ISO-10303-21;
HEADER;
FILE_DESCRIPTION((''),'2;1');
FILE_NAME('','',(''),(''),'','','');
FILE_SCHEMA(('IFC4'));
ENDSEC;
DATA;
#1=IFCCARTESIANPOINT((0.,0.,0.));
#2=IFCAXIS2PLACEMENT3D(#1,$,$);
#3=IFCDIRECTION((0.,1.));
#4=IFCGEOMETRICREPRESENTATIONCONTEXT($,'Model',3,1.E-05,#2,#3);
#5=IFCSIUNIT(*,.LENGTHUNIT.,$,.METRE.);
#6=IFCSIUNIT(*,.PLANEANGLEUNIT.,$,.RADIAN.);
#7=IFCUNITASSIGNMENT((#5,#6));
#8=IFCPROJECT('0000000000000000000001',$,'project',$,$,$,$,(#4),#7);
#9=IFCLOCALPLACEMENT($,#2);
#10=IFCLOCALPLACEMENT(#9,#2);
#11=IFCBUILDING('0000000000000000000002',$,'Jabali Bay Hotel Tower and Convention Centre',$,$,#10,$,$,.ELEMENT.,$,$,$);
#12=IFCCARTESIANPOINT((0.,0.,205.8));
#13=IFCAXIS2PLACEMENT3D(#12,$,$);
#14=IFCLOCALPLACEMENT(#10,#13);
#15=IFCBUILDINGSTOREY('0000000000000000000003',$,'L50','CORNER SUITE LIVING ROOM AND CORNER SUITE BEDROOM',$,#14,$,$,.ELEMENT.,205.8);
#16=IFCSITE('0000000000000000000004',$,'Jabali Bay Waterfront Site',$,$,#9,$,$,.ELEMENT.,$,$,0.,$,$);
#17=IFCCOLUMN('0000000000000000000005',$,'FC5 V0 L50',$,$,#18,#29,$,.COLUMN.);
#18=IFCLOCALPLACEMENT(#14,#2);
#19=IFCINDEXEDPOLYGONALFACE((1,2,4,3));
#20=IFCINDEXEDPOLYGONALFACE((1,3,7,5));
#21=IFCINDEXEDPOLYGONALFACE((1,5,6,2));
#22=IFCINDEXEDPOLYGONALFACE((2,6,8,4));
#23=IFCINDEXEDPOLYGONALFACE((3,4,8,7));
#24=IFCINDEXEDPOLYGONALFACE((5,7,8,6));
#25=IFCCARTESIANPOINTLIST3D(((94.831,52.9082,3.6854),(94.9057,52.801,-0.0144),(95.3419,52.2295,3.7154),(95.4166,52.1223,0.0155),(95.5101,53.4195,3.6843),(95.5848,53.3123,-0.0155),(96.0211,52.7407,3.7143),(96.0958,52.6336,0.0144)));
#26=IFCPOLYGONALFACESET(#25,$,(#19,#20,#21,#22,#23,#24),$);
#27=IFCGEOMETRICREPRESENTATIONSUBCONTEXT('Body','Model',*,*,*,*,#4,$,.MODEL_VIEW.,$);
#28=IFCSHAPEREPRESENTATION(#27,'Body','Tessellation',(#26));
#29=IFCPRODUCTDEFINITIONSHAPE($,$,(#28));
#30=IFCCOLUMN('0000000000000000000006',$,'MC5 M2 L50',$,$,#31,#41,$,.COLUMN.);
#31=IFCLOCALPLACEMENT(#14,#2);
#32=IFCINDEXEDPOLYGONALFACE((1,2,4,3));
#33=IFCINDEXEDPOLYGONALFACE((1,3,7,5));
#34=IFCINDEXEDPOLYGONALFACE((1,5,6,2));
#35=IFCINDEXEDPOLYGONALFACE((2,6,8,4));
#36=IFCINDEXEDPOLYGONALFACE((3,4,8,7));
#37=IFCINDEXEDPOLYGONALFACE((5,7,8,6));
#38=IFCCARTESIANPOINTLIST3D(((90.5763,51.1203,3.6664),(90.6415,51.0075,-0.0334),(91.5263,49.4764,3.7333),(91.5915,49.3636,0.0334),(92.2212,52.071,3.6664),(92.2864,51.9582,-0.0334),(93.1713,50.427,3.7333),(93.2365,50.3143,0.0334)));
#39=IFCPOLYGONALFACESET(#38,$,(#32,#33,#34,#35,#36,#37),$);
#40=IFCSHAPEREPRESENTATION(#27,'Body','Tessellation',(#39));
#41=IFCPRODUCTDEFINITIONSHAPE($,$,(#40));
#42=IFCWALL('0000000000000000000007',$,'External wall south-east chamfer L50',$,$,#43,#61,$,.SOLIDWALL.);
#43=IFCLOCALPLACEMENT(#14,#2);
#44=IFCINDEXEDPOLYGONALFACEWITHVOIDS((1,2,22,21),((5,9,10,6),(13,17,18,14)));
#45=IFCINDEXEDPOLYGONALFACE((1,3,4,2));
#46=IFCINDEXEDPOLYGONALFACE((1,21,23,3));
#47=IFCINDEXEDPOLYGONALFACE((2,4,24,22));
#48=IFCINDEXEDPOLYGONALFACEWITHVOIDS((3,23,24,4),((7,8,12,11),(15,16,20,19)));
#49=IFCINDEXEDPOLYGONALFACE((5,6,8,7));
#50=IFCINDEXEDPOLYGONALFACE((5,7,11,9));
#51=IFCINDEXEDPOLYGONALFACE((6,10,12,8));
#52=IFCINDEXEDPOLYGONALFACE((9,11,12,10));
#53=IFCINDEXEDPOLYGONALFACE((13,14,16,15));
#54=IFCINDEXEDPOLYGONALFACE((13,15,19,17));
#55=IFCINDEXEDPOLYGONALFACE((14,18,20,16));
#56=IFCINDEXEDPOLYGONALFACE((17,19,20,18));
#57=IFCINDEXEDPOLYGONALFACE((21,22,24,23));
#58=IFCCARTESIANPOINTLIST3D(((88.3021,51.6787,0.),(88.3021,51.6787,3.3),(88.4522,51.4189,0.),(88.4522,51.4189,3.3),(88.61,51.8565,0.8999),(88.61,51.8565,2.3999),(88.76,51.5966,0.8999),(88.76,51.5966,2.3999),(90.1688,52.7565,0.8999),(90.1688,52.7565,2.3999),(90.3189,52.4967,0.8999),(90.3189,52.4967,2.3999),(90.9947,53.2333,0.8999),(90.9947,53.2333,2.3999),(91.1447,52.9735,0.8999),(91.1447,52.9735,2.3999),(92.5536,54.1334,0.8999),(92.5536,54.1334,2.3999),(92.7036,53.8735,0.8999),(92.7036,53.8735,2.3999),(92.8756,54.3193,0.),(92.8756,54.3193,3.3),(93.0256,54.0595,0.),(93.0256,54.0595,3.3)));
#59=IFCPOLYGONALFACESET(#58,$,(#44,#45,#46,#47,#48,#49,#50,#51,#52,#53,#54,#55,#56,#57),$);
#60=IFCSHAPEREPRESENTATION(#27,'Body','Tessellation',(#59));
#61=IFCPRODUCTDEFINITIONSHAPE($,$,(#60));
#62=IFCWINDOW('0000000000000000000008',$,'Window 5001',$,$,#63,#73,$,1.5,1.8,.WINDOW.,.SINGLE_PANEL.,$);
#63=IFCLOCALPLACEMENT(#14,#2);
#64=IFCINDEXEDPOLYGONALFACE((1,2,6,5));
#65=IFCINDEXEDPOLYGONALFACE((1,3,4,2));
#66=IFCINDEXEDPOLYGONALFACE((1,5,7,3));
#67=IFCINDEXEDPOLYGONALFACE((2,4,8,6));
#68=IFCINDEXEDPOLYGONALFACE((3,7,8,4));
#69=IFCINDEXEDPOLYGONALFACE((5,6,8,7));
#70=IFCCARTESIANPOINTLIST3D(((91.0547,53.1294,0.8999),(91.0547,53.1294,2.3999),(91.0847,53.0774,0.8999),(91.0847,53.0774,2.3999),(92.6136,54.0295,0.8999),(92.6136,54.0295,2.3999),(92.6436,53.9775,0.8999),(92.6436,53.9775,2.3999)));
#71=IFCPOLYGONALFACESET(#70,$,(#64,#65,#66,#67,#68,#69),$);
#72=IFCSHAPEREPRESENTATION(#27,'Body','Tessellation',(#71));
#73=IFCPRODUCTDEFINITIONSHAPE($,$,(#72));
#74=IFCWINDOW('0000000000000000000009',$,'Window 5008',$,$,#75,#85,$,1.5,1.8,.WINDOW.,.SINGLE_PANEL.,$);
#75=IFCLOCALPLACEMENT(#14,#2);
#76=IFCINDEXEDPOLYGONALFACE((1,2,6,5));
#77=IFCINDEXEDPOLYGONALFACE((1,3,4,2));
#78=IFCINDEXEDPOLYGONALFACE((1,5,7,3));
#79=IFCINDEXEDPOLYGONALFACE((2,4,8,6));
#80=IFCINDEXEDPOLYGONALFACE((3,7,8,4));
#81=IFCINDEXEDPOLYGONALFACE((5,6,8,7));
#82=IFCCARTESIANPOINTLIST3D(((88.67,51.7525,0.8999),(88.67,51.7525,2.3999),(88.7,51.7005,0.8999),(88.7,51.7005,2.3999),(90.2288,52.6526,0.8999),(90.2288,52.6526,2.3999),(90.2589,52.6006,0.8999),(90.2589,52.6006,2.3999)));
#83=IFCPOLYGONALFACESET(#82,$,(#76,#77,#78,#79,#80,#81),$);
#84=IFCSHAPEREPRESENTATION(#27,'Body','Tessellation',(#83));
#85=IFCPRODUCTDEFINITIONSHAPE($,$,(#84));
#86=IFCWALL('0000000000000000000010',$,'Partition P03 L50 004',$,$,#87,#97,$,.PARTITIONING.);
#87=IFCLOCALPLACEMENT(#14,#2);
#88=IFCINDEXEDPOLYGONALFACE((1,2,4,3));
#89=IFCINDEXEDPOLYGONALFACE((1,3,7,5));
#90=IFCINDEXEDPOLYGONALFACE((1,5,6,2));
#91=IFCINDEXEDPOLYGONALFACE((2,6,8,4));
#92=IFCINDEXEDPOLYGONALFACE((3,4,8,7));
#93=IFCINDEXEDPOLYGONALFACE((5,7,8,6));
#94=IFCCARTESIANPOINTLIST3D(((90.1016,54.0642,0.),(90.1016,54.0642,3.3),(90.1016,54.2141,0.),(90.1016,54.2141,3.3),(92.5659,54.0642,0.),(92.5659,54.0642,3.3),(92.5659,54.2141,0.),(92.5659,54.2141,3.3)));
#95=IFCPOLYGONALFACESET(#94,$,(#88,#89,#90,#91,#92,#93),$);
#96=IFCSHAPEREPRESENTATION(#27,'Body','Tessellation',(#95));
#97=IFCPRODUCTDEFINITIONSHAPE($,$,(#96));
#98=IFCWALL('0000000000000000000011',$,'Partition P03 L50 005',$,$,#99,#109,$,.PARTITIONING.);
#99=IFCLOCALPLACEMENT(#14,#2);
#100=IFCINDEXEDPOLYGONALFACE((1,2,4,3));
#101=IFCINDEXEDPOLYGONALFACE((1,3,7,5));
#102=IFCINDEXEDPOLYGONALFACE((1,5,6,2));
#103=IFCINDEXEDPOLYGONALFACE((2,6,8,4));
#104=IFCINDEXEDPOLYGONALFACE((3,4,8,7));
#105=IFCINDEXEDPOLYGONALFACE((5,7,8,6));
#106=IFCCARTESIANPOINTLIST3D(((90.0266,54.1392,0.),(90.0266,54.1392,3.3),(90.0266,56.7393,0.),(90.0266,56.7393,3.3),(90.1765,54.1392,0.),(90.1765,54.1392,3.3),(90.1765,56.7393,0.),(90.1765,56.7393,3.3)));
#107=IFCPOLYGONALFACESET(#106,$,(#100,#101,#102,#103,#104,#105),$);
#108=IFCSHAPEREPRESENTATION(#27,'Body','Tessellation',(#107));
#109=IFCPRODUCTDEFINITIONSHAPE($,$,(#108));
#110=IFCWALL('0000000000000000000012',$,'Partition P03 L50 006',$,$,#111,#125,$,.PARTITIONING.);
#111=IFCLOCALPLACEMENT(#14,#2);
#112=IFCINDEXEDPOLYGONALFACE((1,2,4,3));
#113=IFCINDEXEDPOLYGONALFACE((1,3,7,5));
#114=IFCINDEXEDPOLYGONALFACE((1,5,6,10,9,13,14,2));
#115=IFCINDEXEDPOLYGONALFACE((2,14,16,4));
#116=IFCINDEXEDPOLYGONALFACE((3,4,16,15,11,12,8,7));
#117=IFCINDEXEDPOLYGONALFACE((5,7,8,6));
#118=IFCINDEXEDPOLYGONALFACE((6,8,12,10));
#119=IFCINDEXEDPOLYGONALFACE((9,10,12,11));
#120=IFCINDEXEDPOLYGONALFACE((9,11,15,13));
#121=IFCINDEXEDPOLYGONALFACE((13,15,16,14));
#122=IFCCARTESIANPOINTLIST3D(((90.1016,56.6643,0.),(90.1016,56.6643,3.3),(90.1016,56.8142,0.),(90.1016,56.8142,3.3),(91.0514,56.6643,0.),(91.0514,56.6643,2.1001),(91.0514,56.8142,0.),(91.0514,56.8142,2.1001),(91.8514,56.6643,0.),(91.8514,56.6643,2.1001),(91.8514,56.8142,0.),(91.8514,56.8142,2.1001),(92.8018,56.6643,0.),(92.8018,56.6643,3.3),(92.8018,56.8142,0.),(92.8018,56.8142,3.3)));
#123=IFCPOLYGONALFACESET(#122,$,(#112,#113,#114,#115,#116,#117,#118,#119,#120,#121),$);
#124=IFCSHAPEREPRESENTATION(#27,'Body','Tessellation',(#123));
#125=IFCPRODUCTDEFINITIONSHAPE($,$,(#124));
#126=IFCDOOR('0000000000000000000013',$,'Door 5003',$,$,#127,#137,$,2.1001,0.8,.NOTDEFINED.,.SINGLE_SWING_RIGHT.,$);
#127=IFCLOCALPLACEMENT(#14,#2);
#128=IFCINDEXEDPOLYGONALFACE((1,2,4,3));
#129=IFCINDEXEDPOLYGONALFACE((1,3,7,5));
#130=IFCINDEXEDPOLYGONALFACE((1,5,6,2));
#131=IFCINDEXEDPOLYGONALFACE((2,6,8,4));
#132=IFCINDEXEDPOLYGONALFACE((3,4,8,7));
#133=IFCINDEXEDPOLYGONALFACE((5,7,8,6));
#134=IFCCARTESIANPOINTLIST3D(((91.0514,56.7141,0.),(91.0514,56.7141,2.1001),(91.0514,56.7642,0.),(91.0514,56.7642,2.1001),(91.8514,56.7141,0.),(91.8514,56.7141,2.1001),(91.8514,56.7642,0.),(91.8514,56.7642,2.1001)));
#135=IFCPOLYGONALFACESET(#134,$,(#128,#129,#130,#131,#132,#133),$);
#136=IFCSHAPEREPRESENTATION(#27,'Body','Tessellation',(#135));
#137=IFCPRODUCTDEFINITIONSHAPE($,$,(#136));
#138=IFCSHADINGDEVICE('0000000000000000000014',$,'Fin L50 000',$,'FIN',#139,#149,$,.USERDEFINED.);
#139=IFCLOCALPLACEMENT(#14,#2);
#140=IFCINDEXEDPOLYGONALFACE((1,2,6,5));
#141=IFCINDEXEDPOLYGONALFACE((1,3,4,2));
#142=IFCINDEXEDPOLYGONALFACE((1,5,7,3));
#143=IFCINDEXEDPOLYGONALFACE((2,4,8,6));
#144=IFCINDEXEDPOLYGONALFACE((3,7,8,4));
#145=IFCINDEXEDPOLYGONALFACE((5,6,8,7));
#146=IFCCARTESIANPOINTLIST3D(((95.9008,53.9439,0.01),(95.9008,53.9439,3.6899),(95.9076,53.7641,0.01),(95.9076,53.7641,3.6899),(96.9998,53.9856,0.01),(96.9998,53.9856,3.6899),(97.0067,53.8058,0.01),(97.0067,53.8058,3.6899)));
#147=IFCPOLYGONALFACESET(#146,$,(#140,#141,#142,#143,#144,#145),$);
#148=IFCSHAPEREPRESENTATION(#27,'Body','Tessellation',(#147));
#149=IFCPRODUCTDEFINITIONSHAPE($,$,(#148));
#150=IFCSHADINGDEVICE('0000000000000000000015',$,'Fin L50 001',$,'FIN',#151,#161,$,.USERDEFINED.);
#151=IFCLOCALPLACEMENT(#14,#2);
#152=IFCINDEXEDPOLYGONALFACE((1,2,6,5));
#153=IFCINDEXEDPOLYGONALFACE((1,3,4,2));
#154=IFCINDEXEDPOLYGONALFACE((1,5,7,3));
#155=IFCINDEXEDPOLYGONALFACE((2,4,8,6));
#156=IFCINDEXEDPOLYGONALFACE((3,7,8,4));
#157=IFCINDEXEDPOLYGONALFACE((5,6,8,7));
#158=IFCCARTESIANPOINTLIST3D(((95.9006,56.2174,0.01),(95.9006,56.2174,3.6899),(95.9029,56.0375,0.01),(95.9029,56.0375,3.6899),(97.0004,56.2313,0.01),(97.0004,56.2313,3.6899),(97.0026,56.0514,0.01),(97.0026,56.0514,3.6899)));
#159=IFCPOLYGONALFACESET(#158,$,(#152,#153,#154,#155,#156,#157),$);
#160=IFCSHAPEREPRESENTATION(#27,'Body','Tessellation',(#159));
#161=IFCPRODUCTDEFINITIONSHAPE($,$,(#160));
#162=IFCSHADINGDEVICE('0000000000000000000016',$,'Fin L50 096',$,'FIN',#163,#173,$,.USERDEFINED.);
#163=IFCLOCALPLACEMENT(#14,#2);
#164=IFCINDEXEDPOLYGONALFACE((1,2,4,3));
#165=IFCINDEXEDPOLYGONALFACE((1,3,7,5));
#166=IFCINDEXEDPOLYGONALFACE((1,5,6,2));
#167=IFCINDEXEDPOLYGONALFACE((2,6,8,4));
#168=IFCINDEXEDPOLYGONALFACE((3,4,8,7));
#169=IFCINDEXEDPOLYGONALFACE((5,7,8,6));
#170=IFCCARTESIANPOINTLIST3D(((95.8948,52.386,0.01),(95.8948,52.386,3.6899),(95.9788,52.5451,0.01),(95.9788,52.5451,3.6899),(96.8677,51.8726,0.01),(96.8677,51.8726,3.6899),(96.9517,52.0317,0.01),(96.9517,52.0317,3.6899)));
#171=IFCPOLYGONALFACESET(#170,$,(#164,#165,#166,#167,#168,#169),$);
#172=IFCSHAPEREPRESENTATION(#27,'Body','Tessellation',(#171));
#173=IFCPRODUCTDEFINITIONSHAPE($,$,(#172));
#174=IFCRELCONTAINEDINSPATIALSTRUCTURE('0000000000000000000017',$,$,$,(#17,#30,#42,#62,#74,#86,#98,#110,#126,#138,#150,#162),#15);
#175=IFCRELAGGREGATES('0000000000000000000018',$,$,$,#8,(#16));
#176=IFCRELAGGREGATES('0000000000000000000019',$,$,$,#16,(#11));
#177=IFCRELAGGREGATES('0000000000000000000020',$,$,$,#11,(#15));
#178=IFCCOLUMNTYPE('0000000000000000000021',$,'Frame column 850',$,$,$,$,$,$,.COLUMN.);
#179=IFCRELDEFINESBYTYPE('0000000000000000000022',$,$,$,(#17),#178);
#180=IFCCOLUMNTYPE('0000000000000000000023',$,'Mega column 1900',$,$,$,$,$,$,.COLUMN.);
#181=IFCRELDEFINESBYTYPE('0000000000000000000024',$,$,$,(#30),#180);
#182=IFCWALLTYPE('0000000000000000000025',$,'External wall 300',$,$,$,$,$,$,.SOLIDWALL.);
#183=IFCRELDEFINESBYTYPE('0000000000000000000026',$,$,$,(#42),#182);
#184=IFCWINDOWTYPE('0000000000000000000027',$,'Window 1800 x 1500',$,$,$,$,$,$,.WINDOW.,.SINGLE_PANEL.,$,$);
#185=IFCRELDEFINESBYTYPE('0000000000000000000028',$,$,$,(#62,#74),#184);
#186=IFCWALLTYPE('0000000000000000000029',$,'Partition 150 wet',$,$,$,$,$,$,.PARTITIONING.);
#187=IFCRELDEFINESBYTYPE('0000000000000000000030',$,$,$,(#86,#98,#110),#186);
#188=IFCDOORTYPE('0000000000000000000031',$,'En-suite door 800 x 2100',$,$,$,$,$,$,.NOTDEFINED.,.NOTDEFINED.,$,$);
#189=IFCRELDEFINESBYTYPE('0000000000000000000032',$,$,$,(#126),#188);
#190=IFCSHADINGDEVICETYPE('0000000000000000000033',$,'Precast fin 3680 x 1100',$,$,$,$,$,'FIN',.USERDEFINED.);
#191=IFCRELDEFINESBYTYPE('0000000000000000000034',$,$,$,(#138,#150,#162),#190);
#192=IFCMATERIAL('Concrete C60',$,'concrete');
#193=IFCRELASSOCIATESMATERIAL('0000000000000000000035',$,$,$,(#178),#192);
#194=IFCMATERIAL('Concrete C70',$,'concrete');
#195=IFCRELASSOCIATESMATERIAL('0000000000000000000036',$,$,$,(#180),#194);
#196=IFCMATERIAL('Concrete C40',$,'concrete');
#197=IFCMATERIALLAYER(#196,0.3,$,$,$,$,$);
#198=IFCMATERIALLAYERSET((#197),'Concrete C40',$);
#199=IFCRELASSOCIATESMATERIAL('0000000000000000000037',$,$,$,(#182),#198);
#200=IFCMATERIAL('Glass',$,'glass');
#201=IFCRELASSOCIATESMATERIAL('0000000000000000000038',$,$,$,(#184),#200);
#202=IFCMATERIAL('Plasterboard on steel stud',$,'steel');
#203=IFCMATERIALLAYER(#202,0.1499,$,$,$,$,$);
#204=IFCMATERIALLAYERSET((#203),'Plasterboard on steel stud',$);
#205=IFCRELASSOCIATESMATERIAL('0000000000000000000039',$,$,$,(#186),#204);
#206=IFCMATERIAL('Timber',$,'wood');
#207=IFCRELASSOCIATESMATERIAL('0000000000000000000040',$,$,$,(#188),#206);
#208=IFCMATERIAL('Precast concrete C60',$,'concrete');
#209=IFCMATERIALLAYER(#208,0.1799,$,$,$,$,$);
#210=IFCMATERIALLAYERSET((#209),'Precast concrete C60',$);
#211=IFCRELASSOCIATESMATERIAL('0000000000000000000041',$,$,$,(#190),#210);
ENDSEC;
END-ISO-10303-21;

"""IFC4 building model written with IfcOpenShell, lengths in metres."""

from ifc_helpers import new_model, si_unit, direction, frame, frame_2d, origin, origin_2d, place, context, subcontext, project, spatial, rectangle, extrude, material, layer, layer_set, material_profile, profile_set, type_object, element, fill, save


model = new_model("IFC4")

# Units and contexts
model_context = context("Model", 3, precision=1e-05, world=origin(), true_north=direction((0.0, 1.0)))
body_context = subcontext(model_context, "Body", "Model", "MODEL_VIEW")
ifc_project = project(units=[si_unit("LENGTHUNIT", "METRE"), si_unit("PLANEANGLEUNIT", "RADIAN")], contexts=[model_context])

# Site, building, storey
site_placement = place(None, origin())
site = spatial("IfcSite", under=ifc_project, at=site_placement, Name="Jabali Bay Waterfront Site", CompositionType="ELEMENT", RefElevation=0.0)
building_placement = place(site_placement, origin())
building = spatial("IfcBuilding", under=site, at=building_placement, Name="Jabali Bay Hotel Tower and Convention Centre", CompositionType="ELEMENT")
storey_placement = place(building_placement, frame((0.0, 0.0, 205.8)))
storey = spatial("IfcBuildingStorey", under=building, at=storey_placement, Name="L50", Description="CORNER SUITE LIVING ROOM AND CORNER SUITE BEDROOM", CompositionType="ELEMENT", Elevation=205.8)

# Columns
ifc_material_1 = material(Name="Concrete C60", Category="concrete")
ifc_material_profile_1 = material_profile(ifc_material_1, rectangle(XDim=0.8501, YDim=0.8501, at=origin_2d()), Name="Frame column 850")
ifc_profile_set_1 = profile_set([ifc_material_profile_1], Name="Concrete C60")
column_type_1 = type_object("IfcColumnType", Name="Frame column 850", PredefinedType="COLUMN", material=ifc_profile_set_1)
column_1_placement = place(storey_placement, frame((95.5007, 52.7173, 0.0), z_axis=(-0.020179, 0.028949, 0.999377), x_axis=(-0.798923, -0.601432, 0.001291)))
element("IfcColumn", 1, at=column_1_placement, inside=storey, type_object=column_type_1, Name="FC5 V0 L50", PredefinedType="COLUMN", context=body_context, shape_type="SweptSolid", body=[
    extrude(rectangle(XDim=0.8501, YDim=0.8501, at=origin_2d()), origin(), (0.0, 0.0, 1.0), 3.7021),
])
ifc_material_2 = material(Name="Concrete C70", Category="concrete")
ifc_material_profile_2 = material_profile(ifc_material_2, rectangle(XDim=1.8999, YDim=1.8999, at=origin_2d()), Name="Mega column 1900")
ifc_profile_set_2 = profile_set([ifc_material_profile_2], Name="Concrete C70")
column_type_2 = type_object("IfcColumnType", Name="Mega column 1900", PredefinedType="COLUMN", material=ifc_profile_set_2)
column_2_placement = place(storey_placement, frame((91.939, 50.6609, 0.0), z_axis=(-0.017607, 0.030466, 0.999381), x_axis=(-0.865809, -0.500375, 0.0)))
element("IfcColumn", 2, at=column_2_placement, inside=storey, type_object=column_type_2, Name="MC5 M2 L50", PredefinedType="COLUMN", context=body_context, shape_type="SweptSolid", body=[
    extrude(rectangle(XDim=1.8999, YDim=1.8999, at=origin_2d()), origin(), (0.0, 0.0, 1.0), 3.7021),
])

# Wall, openings, windows
ifc_material_3 = material(Name="Concrete C40", Category="concrete")
ifc_layer_1 = layer(ifc_material_3, 0.3)
ifc_layer_set_1 = layer_set([ifc_layer_1], Name="Concrete C40")
wall_type_1 = type_object("IfcWallType", Name="External wall 300", PredefinedType="SOLIDWALL", material=ifc_layer_set_1)
wall_1_placement = place(storey_placement, frame((92.9507, 54.1895, 0.0), z_axis=(0.0, 0.0, 1.0), x_axis=(-0.866015, -0.500017, 0.0)))
wall_1 = element("IfcWall", 3, at=wall_1_placement, inside=storey, type_object=wall_type_1, Name="External wall south-east chamfer L50", PredefinedType="SOLIDWALL", context=body_context, shape_type="SweptSolid", body=[
    extrude(rectangle(XDim=5.281, YDim=0.3, at=frame_2d((2.6406, 0.0))), origin(), (0.0, 0.0, 1.0), 3.3),
])
opening_1_placement = place(wall_1_placement, frame((0.3721, 0.0, 0.8999)))
opening_1 = element("IfcOpeningElement", 4, at=opening_1_placement, cuts=wall_1, PredefinedType="OPENING", context=body_context, shape_type="SweptSolid", body=[
    extrude(rectangle(XDim=1.8, YDim=1.5, at=frame_2d((0.8999, 0.75))), frame((0.0, 0.1606, 0.0), z_axis=(0.0, -1.0, 0.0), x_axis=(1.0, 0.0, 0.0)), (0.0, 0.0, 1.0), 0.321),
])
opening_2_placement = place(wall_1_placement, frame((3.1257, 0.0, 0.8999)))
opening_2 = element("IfcOpeningElement", 5, at=opening_2_placement, cuts=wall_1, PredefinedType="OPENING", context=body_context, shape_type="SweptSolid", body=[
    extrude(rectangle(XDim=1.8, YDim=1.5, at=frame_2d((0.8999, 0.75))), frame((0.0, 0.1606, 0.0), z_axis=(0.0, -1.0, 0.0), x_axis=(1.0, 0.0, 0.0)), (0.0, 0.0, 1.0), 0.321),
])
ifc_material_4 = material(Name="Glass", Category="glass")
window_type = type_object("IfcWindowType", Name="Window 1800 x 1500", PartitioningType="SINGLE_PANEL", PredefinedType="WINDOW", material=ifc_material_4)
window_1_placement = place(opening_1_placement, origin())
window_1 = element("IfcWindow", 6, at=window_1_placement, inside=storey, type_object=window_type, Name="Window 5001", OverallHeight=1.5, OverallWidth=1.8, PartitioningType="SINGLE_PANEL", PredefinedType="WINDOW", context=body_context, shape_type="SweptSolid", body=[
    extrude(rectangle(XDim=1.8, YDim=1.5, at=frame_2d((0.8999, 0.75))), frame((0.0, 0.03, 0.0), z_axis=(0.0, -1.0, 0.0), x_axis=(1.0, 0.0, 0.0)), (0.0, 0.0, 1.0), 0.0601),
])
fill(opening_1, window_1)
window_2_placement = place(opening_2_placement, origin())
window_2 = element("IfcWindow", 7, at=window_2_placement, inside=storey, type_object=window_type, Name="Window 5008", OverallHeight=1.5, OverallWidth=1.8, PartitioningType="SINGLE_PANEL", PredefinedType="WINDOW", context=body_context, shape_type="SweptSolid", body=[
    extrude(rectangle(XDim=1.8, YDim=1.5, at=frame_2d((0.8999, 0.75))), frame((0.0, 0.03, 0.0), z_axis=(0.0, -1.0, 0.0), x_axis=(1.0, 0.0, 0.0)), (0.0, 0.0, 1.0), 0.0601),
])
fill(opening_2, window_2)

# Walls
ifc_material_5 = material(Name="Plasterboard on steel stud", Category="steel")
ifc_layer_2 = layer(ifc_material_5, 0.1499)
ifc_layer_set_2 = layer_set([ifc_layer_2], Name="Plasterboard on steel stud")
wall_type_2 = type_object("IfcWallType", Name="Partition 150 wet", PredefinedType="PARTITIONING", material=ifc_layer_set_2)
wall_2_placement = place(storey_placement, frame((92.5659, 54.1392, 0.0), z_axis=(0.0, 0.0, 1.0), x_axis=(-1.0, 0.0, 0.0)))
element("IfcWall", 8, at=wall_2_placement, inside=storey, type_object=wall_type_2, Name="Partition P03 L50 004", PredefinedType="PARTITIONING", context=body_context, shape_type="SweptSolid", body=[
    extrude(rectangle(XDim=2.4644, YDim=0.1499, at=frame_2d((1.2322, 0.0))), origin(), (0.0, 0.0, 1.0), 3.3),
])
wall_3_placement = place(storey_placement, frame((90.1016, 54.1392, 0.0), z_axis=(0.0, 0.0, 1.0), x_axis=(0.0, 1.0, 0.0)))
element("IfcWall", 9, at=wall_3_placement, inside=storey, type_object=wall_type_2, Name="Partition P03 L50 005", PredefinedType="PARTITIONING", context=body_context, shape_type="SweptSolid", body=[
    extrude(rectangle(XDim=2.6001, YDim=0.1499, at=frame_2d((1.3, 0.0))), origin(), (0.0, 0.0, 1.0), 3.3),
])

# Wall, opening, door
wall_4_placement = place(storey_placement, frame((90.1016, 56.7393, 0.0), z_axis=(0.0, 0.0, 1.0), x_axis=(1.0, 0.0, 0.0)))
wall_4 = element("IfcWall", 10, at=wall_4_placement, inside=storey, type_object=wall_type_2, Name="Partition P03 L50 006", PredefinedType="PARTITIONING", context=body_context, shape_type="SweptSolid", body=[
    extrude(rectangle(XDim=2.7002, YDim=0.1499, at=frame_2d((1.3501, 0.0))), origin(), (0.0, 0.0, 1.0), 3.3),
])
opening_3_placement = place(wall_4_placement, frame((0.95, 0.0, 0.0)))
opening_3 = element("IfcOpeningElement", 11, at=opening_3_placement, cuts=wall_4, PredefinedType="OPENING", context=body_context, shape_type="SweptSolid", body=[
    extrude(rectangle(XDim=0.8, YDim=2.1001, at=frame_2d((0.3999, 1.05))), frame((0.0, 0.0854, 0.0), z_axis=(0.0, -1.0, 0.0), x_axis=(1.0, 0.0, 0.0)), (0.0, 0.0, 1.0), 0.1709),
])
ifc_material_6 = material(Name="Timber", Category="wood")
door_type = type_object("IfcDoorType", Name="En-suite door 800 x 2100", OperationType="NOTDEFINED", PredefinedType="NOTDEFINED", material=ifc_material_6)
door_placement = place(opening_3_placement, origin())
door = element("IfcDoor", 12, at=door_placement, inside=storey, type_object=door_type, Name="Door 5003", OperationType="SINGLE_SWING_RIGHT", OverallHeight=2.1001, OverallWidth=0.8, PredefinedType="NOTDEFINED", context=body_context, shape_type="SweptSolid", body=[
    extrude(rectangle(XDim=0.8, YDim=2.1001, at=frame_2d((0.3999, 1.05))), frame((0.0, 0.0249, 0.0), z_axis=(0.0, -1.0, 0.0), x_axis=(1.0, 0.0, 0.0)), (0.0, 0.0, 1.0), 0.05),
])
fill(opening_3, door)

# Shading devices
ifc_material_7 = material(Name="Precast concrete C60", Category="concrete")
ifc_layer_3 = layer(ifc_material_7, 0.1799)
ifc_layer_set_3 = layer_set([ifc_layer_3], Name="Precast concrete C60")
shading_device_type_1 = type_object("IfcShadingDeviceType", Name="Precast fin 3680 x 1100", ElementType="FIN", PredefinedType="USERDEFINED", material=ifc_layer_set_3)
for number, where, z_axis, x_axis, name in (
    (13, (95.9043, 53.854, 0.01), (0.0, 0.0, 1.0), (0.999279, 0.037956, 0.0), "Fin L50 000"),
    (14, (95.9019, 56.1274, 0.01), (0.0, 0.0, 1.0), (0.99992, 0.012652, 0.0), "Fin L50 001"),
):
    element("IfcShadingDevice", number, at=place(storey_placement, frame(where, z_axis=z_axis, x_axis=x_axis)), inside=storey, type_object=shading_device_type_1, Name=name, ObjectType="FIN", PredefinedType="USERDEFINED", context=body_context, shape_type="SweptSolid", body=[
        extrude(rectangle(XDim=1.0999, YDim=0.1799, at=frame_2d((0.5498, 0.0))), origin(), (0.0, 0.0, 1.0), 3.6799),
    ])
shading_device_placement = place(storey_placement, frame((95.9368, 52.4656, 0.01), z_axis=(0.0, 0.0, 1.0), x_axis=(0.884403, -0.466725, 0.0)))
element("IfcShadingDevice", 15, at=shading_device_placement, inside=storey, type_object=shading_device_type_1, Name="Fin L50 096", ObjectType="FIN", PredefinedType="USERDEFINED", context=body_context, shape_type="SweptSolid", body=[
    extrude(rectangle(XDim=1.1001, YDim=0.1799, at=frame_2d((0.55, 0.0))), origin(), (0.0, 0.0, 1.0), 3.6799),
])

save(model, "model.ifc")
